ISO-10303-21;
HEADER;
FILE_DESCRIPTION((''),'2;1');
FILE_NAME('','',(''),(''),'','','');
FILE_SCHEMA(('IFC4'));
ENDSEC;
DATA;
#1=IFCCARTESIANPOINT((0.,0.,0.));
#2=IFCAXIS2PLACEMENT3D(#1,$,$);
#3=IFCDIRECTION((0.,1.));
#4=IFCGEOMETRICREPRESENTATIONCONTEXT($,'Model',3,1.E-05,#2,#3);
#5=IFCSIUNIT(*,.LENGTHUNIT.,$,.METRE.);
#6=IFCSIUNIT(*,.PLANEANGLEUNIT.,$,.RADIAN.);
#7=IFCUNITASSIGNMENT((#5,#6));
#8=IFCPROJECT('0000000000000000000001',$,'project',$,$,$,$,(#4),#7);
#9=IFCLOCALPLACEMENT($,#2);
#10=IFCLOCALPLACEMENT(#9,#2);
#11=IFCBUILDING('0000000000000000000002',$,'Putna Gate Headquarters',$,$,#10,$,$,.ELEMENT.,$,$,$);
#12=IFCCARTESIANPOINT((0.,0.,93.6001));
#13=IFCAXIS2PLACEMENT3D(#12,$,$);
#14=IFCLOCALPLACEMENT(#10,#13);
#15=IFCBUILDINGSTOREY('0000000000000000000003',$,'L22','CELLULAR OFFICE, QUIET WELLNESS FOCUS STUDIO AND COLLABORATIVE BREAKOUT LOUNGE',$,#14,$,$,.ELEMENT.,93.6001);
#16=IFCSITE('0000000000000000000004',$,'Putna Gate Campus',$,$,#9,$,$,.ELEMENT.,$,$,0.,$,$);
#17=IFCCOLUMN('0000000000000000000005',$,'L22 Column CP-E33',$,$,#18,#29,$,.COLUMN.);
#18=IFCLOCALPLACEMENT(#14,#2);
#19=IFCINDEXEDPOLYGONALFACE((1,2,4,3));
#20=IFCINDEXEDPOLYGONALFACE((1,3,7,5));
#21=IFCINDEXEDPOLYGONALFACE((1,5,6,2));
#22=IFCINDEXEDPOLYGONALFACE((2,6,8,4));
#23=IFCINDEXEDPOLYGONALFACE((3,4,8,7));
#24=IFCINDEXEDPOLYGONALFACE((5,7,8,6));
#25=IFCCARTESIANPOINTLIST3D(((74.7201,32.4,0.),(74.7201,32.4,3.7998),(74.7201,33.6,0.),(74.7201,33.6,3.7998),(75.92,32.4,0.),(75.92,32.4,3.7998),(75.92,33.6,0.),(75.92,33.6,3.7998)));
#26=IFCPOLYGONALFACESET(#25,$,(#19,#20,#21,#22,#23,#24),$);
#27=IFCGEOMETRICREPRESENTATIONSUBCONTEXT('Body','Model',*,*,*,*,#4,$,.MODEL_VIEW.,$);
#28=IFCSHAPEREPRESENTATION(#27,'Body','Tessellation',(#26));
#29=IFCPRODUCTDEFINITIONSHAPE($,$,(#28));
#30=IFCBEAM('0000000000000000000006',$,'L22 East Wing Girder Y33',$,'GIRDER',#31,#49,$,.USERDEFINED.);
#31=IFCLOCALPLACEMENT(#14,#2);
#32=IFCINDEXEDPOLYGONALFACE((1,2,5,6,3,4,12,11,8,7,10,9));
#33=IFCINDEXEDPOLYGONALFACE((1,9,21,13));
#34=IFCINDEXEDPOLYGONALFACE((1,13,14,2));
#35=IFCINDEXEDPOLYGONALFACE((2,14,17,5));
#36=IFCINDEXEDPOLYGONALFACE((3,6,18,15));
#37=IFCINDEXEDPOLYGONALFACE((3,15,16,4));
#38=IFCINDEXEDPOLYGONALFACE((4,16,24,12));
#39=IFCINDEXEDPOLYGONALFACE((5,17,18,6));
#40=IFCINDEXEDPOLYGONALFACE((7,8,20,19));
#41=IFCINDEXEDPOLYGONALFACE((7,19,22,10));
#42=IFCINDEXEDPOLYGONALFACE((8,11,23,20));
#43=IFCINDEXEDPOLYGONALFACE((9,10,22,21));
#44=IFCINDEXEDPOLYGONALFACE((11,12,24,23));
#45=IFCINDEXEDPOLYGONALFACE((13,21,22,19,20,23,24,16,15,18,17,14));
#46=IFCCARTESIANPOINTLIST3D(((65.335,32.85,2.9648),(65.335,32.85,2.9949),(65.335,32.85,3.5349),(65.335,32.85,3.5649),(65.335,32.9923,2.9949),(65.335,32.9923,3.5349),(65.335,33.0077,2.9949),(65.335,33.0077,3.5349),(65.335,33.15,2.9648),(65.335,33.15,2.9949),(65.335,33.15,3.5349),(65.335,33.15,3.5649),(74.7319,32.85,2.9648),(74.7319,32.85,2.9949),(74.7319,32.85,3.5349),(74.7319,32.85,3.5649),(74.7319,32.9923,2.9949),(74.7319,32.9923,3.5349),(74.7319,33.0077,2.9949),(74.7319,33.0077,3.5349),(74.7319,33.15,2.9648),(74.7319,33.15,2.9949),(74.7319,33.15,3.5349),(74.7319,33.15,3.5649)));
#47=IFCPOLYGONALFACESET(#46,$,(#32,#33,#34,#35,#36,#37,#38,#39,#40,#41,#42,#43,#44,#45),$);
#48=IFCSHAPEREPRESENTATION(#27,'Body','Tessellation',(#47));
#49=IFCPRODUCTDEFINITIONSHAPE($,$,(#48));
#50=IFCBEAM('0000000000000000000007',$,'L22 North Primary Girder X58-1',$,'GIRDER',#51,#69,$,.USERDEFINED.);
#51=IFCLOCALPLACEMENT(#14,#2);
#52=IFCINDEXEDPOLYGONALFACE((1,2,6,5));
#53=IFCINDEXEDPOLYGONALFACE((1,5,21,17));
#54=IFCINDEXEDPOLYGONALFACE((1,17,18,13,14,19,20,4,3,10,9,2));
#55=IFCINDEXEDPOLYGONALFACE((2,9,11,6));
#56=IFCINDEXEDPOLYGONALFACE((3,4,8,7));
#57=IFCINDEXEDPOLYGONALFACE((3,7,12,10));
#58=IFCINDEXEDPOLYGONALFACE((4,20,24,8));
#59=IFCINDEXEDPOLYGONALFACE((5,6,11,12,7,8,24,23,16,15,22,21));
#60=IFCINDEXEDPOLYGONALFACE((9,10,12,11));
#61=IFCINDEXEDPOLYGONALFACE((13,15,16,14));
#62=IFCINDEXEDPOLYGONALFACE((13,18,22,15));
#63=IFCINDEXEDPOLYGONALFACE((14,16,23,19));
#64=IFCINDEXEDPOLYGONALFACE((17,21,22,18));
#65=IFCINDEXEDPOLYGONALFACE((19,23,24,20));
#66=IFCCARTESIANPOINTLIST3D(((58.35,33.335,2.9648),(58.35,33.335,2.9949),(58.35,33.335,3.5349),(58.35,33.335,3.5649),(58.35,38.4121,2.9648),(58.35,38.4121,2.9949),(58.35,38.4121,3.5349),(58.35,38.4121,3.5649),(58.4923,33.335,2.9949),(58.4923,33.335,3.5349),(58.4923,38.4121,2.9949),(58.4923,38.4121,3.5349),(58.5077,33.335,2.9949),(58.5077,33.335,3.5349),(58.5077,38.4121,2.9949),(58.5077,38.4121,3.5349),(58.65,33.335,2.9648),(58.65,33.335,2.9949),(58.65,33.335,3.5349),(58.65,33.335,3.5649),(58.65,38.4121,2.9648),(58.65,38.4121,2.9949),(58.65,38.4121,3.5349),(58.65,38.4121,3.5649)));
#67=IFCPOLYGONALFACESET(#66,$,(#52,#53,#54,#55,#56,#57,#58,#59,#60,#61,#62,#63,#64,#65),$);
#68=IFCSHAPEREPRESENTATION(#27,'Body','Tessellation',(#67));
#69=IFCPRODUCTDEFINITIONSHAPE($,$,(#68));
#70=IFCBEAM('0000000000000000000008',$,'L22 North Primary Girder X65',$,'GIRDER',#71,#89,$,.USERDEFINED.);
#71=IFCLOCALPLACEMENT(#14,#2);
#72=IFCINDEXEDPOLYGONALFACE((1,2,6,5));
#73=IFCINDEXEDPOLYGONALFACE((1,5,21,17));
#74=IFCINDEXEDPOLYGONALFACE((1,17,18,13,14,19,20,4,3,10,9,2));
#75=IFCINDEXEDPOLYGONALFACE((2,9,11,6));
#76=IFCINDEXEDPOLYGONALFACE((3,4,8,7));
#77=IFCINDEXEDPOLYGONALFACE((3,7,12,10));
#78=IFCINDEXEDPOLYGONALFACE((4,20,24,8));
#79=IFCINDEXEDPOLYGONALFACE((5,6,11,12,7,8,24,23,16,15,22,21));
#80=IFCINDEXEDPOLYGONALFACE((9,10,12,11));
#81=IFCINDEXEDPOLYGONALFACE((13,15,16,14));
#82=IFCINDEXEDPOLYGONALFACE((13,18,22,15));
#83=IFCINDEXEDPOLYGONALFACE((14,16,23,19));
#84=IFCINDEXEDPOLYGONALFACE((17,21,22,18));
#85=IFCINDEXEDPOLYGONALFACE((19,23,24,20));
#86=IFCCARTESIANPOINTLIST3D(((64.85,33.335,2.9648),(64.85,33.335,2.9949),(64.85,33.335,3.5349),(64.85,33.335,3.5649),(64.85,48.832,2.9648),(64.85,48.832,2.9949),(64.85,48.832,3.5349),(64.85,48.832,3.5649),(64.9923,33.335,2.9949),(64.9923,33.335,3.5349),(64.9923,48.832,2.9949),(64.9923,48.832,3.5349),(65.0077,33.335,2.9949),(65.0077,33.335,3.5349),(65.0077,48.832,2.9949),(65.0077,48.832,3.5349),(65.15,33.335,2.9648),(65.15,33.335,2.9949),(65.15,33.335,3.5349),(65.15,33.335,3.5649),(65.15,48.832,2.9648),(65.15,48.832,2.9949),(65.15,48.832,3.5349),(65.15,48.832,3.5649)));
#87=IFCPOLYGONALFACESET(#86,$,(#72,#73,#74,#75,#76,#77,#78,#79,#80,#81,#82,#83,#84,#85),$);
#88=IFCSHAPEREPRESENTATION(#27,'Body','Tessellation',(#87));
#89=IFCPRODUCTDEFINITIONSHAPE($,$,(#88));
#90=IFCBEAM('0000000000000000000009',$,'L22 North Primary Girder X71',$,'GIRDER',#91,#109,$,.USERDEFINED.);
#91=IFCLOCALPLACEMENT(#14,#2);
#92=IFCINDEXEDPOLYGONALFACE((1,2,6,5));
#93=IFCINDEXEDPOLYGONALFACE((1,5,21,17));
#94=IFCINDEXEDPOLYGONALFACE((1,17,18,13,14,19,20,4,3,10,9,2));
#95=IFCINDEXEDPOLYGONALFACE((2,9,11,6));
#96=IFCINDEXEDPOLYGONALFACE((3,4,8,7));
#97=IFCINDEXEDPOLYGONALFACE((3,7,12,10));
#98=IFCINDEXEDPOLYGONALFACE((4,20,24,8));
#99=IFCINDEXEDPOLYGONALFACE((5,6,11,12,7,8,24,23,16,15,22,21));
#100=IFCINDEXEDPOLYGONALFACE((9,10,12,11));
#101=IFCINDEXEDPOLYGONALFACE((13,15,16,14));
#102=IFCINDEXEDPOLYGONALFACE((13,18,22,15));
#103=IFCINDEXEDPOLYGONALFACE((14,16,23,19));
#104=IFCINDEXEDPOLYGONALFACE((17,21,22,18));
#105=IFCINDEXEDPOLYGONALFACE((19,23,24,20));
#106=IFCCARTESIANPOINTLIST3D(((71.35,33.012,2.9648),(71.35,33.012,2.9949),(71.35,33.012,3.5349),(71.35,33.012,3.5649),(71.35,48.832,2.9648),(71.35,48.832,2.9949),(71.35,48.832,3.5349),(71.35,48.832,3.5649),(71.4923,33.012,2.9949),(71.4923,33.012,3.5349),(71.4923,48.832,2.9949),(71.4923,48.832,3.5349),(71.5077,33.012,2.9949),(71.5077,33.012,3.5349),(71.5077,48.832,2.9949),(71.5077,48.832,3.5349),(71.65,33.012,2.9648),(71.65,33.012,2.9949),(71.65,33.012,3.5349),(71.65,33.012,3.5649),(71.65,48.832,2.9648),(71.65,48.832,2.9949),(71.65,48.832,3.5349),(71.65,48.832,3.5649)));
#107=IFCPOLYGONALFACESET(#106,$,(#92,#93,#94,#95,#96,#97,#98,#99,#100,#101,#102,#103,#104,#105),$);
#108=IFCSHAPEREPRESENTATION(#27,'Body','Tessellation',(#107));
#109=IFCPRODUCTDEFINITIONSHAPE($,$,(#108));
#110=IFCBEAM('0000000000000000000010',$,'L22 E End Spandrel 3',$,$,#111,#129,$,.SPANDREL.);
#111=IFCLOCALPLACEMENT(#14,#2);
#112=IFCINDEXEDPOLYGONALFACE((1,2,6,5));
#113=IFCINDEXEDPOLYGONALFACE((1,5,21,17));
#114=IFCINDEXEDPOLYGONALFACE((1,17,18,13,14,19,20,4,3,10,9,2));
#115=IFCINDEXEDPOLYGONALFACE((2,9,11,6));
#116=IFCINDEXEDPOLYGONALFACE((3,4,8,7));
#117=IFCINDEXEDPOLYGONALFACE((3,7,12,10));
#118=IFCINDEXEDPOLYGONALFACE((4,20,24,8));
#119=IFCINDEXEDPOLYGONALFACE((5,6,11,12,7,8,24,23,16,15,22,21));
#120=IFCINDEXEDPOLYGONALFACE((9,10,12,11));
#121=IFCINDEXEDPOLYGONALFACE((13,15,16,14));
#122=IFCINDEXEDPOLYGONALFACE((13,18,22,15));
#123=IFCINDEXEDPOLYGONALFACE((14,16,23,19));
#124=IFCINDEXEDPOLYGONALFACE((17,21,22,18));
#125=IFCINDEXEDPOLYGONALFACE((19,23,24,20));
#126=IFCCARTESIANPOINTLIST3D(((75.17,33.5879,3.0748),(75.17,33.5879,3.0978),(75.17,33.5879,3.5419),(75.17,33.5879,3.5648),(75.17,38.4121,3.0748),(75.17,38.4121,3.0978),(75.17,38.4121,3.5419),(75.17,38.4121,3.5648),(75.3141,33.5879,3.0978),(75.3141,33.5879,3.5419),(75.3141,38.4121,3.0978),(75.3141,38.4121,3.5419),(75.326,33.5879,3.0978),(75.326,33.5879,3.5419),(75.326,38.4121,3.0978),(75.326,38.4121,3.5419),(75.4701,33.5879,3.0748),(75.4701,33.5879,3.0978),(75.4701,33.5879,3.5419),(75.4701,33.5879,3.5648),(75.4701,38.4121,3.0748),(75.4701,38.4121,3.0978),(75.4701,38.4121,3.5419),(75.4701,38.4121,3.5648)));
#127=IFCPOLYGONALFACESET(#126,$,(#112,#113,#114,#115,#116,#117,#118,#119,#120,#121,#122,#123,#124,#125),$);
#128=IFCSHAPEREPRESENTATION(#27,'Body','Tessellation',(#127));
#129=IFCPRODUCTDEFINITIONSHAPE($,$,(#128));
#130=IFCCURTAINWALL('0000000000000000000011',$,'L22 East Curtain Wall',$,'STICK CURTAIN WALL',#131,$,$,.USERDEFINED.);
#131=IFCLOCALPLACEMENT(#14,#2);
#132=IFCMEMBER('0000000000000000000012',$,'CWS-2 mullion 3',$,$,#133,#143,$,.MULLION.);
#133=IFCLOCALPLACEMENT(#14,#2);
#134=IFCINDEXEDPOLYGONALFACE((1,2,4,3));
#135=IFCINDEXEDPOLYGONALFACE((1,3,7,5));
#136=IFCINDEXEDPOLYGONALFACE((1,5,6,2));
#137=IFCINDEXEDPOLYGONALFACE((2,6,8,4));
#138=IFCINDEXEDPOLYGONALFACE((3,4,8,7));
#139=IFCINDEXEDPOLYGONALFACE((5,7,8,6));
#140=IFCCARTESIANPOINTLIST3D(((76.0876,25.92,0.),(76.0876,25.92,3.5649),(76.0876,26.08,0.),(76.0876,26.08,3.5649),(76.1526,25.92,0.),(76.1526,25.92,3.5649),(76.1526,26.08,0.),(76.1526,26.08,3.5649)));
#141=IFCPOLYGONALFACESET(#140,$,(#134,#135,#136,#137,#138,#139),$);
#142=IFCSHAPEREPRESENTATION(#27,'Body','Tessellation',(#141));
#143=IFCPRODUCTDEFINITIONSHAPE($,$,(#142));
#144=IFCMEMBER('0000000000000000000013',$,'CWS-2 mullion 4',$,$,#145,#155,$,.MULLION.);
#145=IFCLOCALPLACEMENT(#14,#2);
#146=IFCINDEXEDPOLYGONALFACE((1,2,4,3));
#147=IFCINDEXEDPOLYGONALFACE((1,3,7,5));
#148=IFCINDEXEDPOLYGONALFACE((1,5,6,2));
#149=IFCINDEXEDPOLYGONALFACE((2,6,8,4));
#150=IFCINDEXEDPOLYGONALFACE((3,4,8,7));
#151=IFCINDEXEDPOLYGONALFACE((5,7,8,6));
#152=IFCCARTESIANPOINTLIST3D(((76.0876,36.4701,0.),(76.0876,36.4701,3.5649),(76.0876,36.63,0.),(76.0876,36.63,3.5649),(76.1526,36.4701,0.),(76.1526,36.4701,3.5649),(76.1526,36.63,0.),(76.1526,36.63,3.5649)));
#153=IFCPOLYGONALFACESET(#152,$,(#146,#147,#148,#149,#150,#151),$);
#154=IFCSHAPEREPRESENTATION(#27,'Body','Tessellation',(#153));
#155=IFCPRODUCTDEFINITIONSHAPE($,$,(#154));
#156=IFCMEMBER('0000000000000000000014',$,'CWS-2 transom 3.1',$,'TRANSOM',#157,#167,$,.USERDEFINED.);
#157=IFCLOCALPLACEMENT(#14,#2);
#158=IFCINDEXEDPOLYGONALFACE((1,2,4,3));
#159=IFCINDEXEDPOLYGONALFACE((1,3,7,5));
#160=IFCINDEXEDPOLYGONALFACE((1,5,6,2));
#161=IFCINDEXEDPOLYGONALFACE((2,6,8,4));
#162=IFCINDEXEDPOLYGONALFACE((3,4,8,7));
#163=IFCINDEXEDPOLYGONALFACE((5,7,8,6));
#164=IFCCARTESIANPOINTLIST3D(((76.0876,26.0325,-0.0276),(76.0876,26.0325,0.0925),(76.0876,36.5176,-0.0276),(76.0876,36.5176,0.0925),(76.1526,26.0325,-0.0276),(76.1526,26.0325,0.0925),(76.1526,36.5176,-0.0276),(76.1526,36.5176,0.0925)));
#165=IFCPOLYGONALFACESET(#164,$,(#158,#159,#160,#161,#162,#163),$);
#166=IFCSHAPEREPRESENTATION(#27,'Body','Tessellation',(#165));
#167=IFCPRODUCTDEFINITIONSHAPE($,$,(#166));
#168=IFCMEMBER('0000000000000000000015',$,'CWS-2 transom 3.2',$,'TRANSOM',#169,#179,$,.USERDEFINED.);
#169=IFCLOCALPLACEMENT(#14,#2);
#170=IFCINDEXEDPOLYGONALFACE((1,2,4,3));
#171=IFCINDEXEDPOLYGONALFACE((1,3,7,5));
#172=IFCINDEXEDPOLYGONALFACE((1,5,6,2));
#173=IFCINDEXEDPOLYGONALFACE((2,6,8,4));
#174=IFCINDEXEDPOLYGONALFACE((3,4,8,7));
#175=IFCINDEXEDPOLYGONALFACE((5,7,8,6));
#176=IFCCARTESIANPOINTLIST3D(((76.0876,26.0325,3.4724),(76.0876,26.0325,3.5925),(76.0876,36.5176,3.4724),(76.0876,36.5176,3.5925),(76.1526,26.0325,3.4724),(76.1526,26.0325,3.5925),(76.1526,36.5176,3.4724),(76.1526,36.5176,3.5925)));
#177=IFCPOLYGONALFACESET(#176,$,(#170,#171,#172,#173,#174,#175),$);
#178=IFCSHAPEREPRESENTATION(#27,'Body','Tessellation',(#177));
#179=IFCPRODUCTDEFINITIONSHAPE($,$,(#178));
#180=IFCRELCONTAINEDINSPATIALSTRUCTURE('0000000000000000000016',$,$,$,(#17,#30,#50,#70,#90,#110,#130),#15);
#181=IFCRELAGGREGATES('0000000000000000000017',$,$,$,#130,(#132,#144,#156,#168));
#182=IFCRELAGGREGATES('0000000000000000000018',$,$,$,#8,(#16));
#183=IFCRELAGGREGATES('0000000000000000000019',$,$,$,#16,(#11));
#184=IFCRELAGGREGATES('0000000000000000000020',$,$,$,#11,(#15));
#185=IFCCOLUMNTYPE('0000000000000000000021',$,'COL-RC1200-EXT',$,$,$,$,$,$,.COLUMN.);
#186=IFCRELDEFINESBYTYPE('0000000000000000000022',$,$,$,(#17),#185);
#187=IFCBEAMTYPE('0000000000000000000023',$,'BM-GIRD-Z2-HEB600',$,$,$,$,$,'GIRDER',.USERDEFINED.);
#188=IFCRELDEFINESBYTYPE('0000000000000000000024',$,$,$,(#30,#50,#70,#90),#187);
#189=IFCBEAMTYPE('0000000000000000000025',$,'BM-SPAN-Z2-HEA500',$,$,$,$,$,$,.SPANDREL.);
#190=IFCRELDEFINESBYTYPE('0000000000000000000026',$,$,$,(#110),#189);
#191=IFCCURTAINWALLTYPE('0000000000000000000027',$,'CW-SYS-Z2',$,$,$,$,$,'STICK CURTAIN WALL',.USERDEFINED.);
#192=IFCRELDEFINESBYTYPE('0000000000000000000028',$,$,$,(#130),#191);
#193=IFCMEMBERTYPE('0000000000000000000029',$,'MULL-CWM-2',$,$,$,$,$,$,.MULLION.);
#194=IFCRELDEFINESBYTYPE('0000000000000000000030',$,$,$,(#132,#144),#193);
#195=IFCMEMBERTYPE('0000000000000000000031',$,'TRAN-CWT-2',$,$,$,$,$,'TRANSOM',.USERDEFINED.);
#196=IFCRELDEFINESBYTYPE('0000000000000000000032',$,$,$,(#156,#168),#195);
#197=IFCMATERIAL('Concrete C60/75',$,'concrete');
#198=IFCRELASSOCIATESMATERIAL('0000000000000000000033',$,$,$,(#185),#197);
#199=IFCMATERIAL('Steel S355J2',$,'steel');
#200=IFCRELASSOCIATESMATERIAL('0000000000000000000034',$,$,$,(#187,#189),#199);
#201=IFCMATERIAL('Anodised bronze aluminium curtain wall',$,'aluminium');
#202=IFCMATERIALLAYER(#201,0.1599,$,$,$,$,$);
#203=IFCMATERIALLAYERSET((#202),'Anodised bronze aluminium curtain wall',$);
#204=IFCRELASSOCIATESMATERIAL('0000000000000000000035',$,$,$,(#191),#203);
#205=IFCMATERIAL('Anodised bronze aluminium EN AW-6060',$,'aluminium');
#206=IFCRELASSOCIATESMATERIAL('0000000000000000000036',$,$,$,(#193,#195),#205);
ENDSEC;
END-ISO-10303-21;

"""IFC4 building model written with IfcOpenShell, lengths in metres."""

from ifc_helpers import new_model, si_unit, direction, frame, origin, origin_2d, place, context, subcontext, project, spatial, rectangle, i_section, extrude, material, layer, layer_set, material_profile, profile_set, type_object, element, aggregate, save


model = new_model("IFC4")

# Units and contexts
model_context = context("Model", 3, precision=1e-05, world=origin(), true_north=direction((0.0, 1.0)))
body_context = subcontext(model_context, "Body", "Model", "MODEL_VIEW")
ifc_project = project(units=[si_unit("LENGTHUNIT", "METRE"), si_unit("PLANEANGLEUNIT", "RADIAN")], contexts=[model_context])

# Site, building, storey
site_placement = place(None, origin())
site = spatial("IfcSite", under=ifc_project, at=site_placement, Name="Putna Gate Campus", CompositionType="ELEMENT", RefElevation=0.0)
building_placement = place(site_placement, origin())
building = spatial("IfcBuilding", under=site, at=building_placement, Name="Putna Gate Headquarters", CompositionType="ELEMENT")
storey_placement = place(building_placement, frame((0.0, 0.0, 93.6001)))
storey = spatial("IfcBuildingStorey", under=building, at=storey_placement, Name="L22", Description="CELLULAR OFFICE, QUIET WELLNESS FOCUS STUDIO AND COLLABORATIVE BREAKOUT LOUNGE", CompositionType="ELEMENT", Elevation=93.6001)

# Column
ifc_material_1 = material(Name="Concrete C60/75", Category="concrete")
ifc_material_profile_1 = material_profile(ifc_material_1, rectangle(XDim=1.2, YDim=1.2, at=origin_2d()), Name="Concrete C60/75")
ifc_profile_set_1 = profile_set([ifc_material_profile_1], Name="Concrete C60/75")
column_type = type_object("IfcColumnType", Name="COL-RC1200-EXT", PredefinedType="COLUMN", material=ifc_profile_set_1)
column_placement = place(storey_placement, frame((75.3201, 33.0, 0.0), z_axis=(0.0, 0.0, 1.0), x_axis=(1.0, 0.0, 0.0)))
element("IfcColumn", 1, at=column_placement, inside=storey, type_object=column_type, Name="L22 Column CP-E33", PredefinedType="COLUMN", context=body_context, shape_type="SweptSolid", body=[
    extrude(rectangle(XDim=1.2, YDim=1.2, at=origin_2d()), origin(), (0.0, 0.0, 1.0), 3.7998),
])

# Beams
ifc_material_2 = material(Name="Steel S355J2", Category="steel")
ifc_material_profile_2 = material_profile(ifc_material_2, i_section(OverallWidth=0.3, OverallDepth=0.6001, WebThickness=0.0154, FlangeThickness=0.03, at=origin_2d()), Name="Steel S355J2")
ifc_profile_set_2 = profile_set([ifc_material_profile_2], Name="Steel S355J2")
beam_type_1 = type_object("IfcBeamType", Name="BM-GIRD-Z2-HEB600", ElementType="GIRDER", PredefinedType="USERDEFINED", material=ifc_profile_set_2)
beam_1_placement = place(storey_placement, frame((65.335, 33.0, 3.2649), z_axis=(1.0, 0.0, 0.0), x_axis=(0.0, 1.0, 0.0)))
element("IfcBeam", 2, at=beam_1_placement, inside=storey, type_object=beam_type_1, Name="L22 East Wing Girder Y33", ObjectType="GIRDER", PredefinedType="USERDEFINED", context=body_context, shape_type="SweptSolid", body=[
    extrude(i_section(OverallWidth=0.3, OverallDepth=0.6001, WebThickness=0.0154, FlangeThickness=0.03, at=origin_2d()), origin(), (0.0, 0.0, 1.0), 9.397),
])
beam_2_placement = place(storey_placement, frame((58.5, 33.335, 3.2649), z_axis=(0.0, 1.0, 0.0), x_axis=(-1.0, 0.0, 0.0)))
element("IfcBeam", 3, at=beam_2_placement, inside=storey, type_object=beam_type_1, Name="L22 North Primary Girder X58-1", ObjectType="GIRDER", PredefinedType="USERDEFINED", context=body_context, shape_type="SweptSolid", body=[
    extrude(i_section(OverallWidth=0.3, OverallDepth=0.6001, WebThickness=0.0154, FlangeThickness=0.03, at=origin_2d()), origin(), (0.0, 0.0, 1.0), 5.0771),
])
beam_3_placement = place(storey_placement, frame((65.0, 33.335, 3.2649), z_axis=(0.0, 1.0, 0.0), x_axis=(-1.0, 0.0, 0.0)))
element("IfcBeam", 4, at=beam_3_placement, inside=storey, type_object=beam_type_1, Name="L22 North Primary Girder X65", ObjectType="GIRDER", PredefinedType="USERDEFINED", context=body_context, shape_type="SweptSolid", body=[
    extrude(i_section(OverallWidth=0.3, OverallDepth=0.6001, WebThickness=0.0154, FlangeThickness=0.03, at=origin_2d()), origin(), (0.0, 0.0, 1.0), 15.4971),
])
beam_4_placement = place(storey_placement, frame((71.5, 33.012, 3.2649), z_axis=(0.0, 1.0, 0.0), x_axis=(-1.0, 0.0, 0.0)))
element("IfcBeam", 5, at=beam_4_placement, inside=storey, type_object=beam_type_1, Name="L22 North Primary Girder X71", ObjectType="GIRDER", PredefinedType="USERDEFINED", context=body_context, shape_type="SweptSolid", body=[
    extrude(i_section(OverallWidth=0.3, OverallDepth=0.6001, WebThickness=0.0154, FlangeThickness=0.03, at=origin_2d()), origin(), (0.0, 0.0, 1.0), 15.8201),
])
ifc_material_profile_3 = material_profile(ifc_material_2, i_section(OverallWidth=0.3, OverallDepth=0.49, WebThickness=0.012, FlangeThickness=0.0229, at=origin_2d()), Name="Steel S355J2")
ifc_profile_set_3 = profile_set([ifc_material_profile_3], Name="Steel S355J2")
beam_type_2 = type_object("IfcBeamType", Name="BM-SPAN-Z2-HEA500", PredefinedType="SPANDREL", material=ifc_profile_set_3)
beam_5_placement = place(storey_placement, frame((75.3201, 33.5879, 3.3198), z_axis=(0.0, 1.0, 0.0), x_axis=(-1.0, 0.0, 0.0)))
element("IfcBeam", 6, at=beam_5_placement, inside=storey, type_object=beam_type_2, Name="L22 E End Spandrel 3", PredefinedType="SPANDREL", context=body_context, shape_type="SweptSolid", body=[
    extrude(i_section(OverallWidth=0.3, OverallDepth=0.49, WebThickness=0.012, FlangeThickness=0.0229, at=origin_2d()), origin(), (0.0, 0.0, 1.0), 4.8242),
])

# Curtain wall, members
ifc_material_3 = material(Name="Anodised bronze aluminium curtain wall", Category="aluminium")
ifc_layer_1 = layer(ifc_material_3, 0.1599)
ifc_layer_set_1 = layer_set([ifc_layer_1], Name="Anodised bronze aluminium curtain wall")
curtain_wall_type = type_object("IfcCurtainWallType", Name="CW-SYS-Z2", ElementType="STICK CURTAIN WALL", PredefinedType="USERDEFINED", material=ifc_layer_set_1)
curtain_wall_placement = place(storey_placement, origin())
curtain_wall = element("IfcCurtainWall", 7, at=curtain_wall_placement, inside=storey, type_object=curtain_wall_type, Name="L22 East Curtain Wall", ObjectType="STICK CURTAIN WALL", PredefinedType="USERDEFINED")
ifc_material_4 = material(Name="Anodised bronze aluminium EN AW-6060", Category="aluminium")
ifc_material_profile_4 = material_profile(ifc_material_4, rectangle(XDim=0.0649, YDim=0.1599, at=origin_2d()), Name="Anodised bronze aluminium EN AW-6060")
ifc_profile_set_4 = profile_set([ifc_material_profile_4], Name="Anodised bronze aluminium EN AW-6060")
member_type_1 = type_object("IfcMemberType", Name="MULL-CWM-2", PredefinedType="MULLION", material=ifc_profile_set_4)
member_1_placement = place(storey_placement, frame((76.1201, 26.0, 0.0), z_axis=(0.0, 0.0, 1.0), x_axis=(-1.0, 0.0, 0.0)))
member_1 = element("IfcMember", 8, at=member_1_placement, type_object=member_type_1, Name="CWS-2 mullion 3", PredefinedType="MULLION", context=body_context, shape_type="SweptSolid", body=[
    extrude(rectangle(XDim=0.0649, YDim=0.1599, at=origin_2d()), origin(), (0.0, 0.0, 1.0), 3.5649),
])
member_2_placement = place(storey_placement, frame((76.1201, 36.55, 0.0), z_axis=(0.0, 0.0, 1.0), x_axis=(-1.0, 0.0, 0.0)))
member_2 = element("IfcMember", 9, at=member_2_placement, type_object=member_type_1, Name="CWS-2 mullion 4", PredefinedType="MULLION", context=body_context, shape_type="SweptSolid", body=[
    extrude(rectangle(XDim=0.0649, YDim=0.1599, at=origin_2d()), origin(), (0.0, 0.0, 1.0), 3.5649),
])
ifc_material_profile_5 = material_profile(ifc_material_4, rectangle(XDim=0.0649, YDim=0.1201, at=origin_2d()), Name="Anodised bronze aluminium EN AW-6060")
ifc_profile_set_5 = profile_set([ifc_material_profile_5], Name="Anodised bronze aluminium EN AW-6060")
member_type_2 = type_object("IfcMemberType", Name="TRAN-CWT-2", ElementType="TRANSOM", PredefinedType="USERDEFINED", material=ifc_profile_set_5)
member_3_placement = place(storey_placement, frame((76.1201, 26.0325, 0.0325), z_axis=(0.0, 1.0, 0.0), x_axis=(-1.0, 0.0, 0.0)))
member_3 = element("IfcMember", 10, at=member_3_placement, type_object=member_type_2, Name="CWS-2 transom 3.1", ObjectType="TRANSOM", PredefinedType="USERDEFINED", context=body_context, shape_type="SweptSolid", body=[
    extrude(rectangle(XDim=0.0649, YDim=0.1201, at=origin_2d()), origin(), (0.0, 0.0, 1.0), 10.4851),
])
member_4_placement = place(storey_placement, frame((76.1201, 26.0325, 3.5325), z_axis=(0.0, 1.0, 0.0), x_axis=(-1.0, 0.0, 0.0)))
member_4 = element("IfcMember", 11, at=member_4_placement, type_object=member_type_2, Name="CWS-2 transom 3.2", ObjectType="TRANSOM", PredefinedType="USERDEFINED", context=body_context, shape_type="SweptSolid", body=[
    extrude(rectangle(XDim=0.0649, YDim=0.1201, at=origin_2d()), origin(), (0.0, 0.0, 1.0), 10.4851),
])
aggregate(curtain_wall, [member_1, member_2, member_3, member_4])

save(model, "model.ifc")
